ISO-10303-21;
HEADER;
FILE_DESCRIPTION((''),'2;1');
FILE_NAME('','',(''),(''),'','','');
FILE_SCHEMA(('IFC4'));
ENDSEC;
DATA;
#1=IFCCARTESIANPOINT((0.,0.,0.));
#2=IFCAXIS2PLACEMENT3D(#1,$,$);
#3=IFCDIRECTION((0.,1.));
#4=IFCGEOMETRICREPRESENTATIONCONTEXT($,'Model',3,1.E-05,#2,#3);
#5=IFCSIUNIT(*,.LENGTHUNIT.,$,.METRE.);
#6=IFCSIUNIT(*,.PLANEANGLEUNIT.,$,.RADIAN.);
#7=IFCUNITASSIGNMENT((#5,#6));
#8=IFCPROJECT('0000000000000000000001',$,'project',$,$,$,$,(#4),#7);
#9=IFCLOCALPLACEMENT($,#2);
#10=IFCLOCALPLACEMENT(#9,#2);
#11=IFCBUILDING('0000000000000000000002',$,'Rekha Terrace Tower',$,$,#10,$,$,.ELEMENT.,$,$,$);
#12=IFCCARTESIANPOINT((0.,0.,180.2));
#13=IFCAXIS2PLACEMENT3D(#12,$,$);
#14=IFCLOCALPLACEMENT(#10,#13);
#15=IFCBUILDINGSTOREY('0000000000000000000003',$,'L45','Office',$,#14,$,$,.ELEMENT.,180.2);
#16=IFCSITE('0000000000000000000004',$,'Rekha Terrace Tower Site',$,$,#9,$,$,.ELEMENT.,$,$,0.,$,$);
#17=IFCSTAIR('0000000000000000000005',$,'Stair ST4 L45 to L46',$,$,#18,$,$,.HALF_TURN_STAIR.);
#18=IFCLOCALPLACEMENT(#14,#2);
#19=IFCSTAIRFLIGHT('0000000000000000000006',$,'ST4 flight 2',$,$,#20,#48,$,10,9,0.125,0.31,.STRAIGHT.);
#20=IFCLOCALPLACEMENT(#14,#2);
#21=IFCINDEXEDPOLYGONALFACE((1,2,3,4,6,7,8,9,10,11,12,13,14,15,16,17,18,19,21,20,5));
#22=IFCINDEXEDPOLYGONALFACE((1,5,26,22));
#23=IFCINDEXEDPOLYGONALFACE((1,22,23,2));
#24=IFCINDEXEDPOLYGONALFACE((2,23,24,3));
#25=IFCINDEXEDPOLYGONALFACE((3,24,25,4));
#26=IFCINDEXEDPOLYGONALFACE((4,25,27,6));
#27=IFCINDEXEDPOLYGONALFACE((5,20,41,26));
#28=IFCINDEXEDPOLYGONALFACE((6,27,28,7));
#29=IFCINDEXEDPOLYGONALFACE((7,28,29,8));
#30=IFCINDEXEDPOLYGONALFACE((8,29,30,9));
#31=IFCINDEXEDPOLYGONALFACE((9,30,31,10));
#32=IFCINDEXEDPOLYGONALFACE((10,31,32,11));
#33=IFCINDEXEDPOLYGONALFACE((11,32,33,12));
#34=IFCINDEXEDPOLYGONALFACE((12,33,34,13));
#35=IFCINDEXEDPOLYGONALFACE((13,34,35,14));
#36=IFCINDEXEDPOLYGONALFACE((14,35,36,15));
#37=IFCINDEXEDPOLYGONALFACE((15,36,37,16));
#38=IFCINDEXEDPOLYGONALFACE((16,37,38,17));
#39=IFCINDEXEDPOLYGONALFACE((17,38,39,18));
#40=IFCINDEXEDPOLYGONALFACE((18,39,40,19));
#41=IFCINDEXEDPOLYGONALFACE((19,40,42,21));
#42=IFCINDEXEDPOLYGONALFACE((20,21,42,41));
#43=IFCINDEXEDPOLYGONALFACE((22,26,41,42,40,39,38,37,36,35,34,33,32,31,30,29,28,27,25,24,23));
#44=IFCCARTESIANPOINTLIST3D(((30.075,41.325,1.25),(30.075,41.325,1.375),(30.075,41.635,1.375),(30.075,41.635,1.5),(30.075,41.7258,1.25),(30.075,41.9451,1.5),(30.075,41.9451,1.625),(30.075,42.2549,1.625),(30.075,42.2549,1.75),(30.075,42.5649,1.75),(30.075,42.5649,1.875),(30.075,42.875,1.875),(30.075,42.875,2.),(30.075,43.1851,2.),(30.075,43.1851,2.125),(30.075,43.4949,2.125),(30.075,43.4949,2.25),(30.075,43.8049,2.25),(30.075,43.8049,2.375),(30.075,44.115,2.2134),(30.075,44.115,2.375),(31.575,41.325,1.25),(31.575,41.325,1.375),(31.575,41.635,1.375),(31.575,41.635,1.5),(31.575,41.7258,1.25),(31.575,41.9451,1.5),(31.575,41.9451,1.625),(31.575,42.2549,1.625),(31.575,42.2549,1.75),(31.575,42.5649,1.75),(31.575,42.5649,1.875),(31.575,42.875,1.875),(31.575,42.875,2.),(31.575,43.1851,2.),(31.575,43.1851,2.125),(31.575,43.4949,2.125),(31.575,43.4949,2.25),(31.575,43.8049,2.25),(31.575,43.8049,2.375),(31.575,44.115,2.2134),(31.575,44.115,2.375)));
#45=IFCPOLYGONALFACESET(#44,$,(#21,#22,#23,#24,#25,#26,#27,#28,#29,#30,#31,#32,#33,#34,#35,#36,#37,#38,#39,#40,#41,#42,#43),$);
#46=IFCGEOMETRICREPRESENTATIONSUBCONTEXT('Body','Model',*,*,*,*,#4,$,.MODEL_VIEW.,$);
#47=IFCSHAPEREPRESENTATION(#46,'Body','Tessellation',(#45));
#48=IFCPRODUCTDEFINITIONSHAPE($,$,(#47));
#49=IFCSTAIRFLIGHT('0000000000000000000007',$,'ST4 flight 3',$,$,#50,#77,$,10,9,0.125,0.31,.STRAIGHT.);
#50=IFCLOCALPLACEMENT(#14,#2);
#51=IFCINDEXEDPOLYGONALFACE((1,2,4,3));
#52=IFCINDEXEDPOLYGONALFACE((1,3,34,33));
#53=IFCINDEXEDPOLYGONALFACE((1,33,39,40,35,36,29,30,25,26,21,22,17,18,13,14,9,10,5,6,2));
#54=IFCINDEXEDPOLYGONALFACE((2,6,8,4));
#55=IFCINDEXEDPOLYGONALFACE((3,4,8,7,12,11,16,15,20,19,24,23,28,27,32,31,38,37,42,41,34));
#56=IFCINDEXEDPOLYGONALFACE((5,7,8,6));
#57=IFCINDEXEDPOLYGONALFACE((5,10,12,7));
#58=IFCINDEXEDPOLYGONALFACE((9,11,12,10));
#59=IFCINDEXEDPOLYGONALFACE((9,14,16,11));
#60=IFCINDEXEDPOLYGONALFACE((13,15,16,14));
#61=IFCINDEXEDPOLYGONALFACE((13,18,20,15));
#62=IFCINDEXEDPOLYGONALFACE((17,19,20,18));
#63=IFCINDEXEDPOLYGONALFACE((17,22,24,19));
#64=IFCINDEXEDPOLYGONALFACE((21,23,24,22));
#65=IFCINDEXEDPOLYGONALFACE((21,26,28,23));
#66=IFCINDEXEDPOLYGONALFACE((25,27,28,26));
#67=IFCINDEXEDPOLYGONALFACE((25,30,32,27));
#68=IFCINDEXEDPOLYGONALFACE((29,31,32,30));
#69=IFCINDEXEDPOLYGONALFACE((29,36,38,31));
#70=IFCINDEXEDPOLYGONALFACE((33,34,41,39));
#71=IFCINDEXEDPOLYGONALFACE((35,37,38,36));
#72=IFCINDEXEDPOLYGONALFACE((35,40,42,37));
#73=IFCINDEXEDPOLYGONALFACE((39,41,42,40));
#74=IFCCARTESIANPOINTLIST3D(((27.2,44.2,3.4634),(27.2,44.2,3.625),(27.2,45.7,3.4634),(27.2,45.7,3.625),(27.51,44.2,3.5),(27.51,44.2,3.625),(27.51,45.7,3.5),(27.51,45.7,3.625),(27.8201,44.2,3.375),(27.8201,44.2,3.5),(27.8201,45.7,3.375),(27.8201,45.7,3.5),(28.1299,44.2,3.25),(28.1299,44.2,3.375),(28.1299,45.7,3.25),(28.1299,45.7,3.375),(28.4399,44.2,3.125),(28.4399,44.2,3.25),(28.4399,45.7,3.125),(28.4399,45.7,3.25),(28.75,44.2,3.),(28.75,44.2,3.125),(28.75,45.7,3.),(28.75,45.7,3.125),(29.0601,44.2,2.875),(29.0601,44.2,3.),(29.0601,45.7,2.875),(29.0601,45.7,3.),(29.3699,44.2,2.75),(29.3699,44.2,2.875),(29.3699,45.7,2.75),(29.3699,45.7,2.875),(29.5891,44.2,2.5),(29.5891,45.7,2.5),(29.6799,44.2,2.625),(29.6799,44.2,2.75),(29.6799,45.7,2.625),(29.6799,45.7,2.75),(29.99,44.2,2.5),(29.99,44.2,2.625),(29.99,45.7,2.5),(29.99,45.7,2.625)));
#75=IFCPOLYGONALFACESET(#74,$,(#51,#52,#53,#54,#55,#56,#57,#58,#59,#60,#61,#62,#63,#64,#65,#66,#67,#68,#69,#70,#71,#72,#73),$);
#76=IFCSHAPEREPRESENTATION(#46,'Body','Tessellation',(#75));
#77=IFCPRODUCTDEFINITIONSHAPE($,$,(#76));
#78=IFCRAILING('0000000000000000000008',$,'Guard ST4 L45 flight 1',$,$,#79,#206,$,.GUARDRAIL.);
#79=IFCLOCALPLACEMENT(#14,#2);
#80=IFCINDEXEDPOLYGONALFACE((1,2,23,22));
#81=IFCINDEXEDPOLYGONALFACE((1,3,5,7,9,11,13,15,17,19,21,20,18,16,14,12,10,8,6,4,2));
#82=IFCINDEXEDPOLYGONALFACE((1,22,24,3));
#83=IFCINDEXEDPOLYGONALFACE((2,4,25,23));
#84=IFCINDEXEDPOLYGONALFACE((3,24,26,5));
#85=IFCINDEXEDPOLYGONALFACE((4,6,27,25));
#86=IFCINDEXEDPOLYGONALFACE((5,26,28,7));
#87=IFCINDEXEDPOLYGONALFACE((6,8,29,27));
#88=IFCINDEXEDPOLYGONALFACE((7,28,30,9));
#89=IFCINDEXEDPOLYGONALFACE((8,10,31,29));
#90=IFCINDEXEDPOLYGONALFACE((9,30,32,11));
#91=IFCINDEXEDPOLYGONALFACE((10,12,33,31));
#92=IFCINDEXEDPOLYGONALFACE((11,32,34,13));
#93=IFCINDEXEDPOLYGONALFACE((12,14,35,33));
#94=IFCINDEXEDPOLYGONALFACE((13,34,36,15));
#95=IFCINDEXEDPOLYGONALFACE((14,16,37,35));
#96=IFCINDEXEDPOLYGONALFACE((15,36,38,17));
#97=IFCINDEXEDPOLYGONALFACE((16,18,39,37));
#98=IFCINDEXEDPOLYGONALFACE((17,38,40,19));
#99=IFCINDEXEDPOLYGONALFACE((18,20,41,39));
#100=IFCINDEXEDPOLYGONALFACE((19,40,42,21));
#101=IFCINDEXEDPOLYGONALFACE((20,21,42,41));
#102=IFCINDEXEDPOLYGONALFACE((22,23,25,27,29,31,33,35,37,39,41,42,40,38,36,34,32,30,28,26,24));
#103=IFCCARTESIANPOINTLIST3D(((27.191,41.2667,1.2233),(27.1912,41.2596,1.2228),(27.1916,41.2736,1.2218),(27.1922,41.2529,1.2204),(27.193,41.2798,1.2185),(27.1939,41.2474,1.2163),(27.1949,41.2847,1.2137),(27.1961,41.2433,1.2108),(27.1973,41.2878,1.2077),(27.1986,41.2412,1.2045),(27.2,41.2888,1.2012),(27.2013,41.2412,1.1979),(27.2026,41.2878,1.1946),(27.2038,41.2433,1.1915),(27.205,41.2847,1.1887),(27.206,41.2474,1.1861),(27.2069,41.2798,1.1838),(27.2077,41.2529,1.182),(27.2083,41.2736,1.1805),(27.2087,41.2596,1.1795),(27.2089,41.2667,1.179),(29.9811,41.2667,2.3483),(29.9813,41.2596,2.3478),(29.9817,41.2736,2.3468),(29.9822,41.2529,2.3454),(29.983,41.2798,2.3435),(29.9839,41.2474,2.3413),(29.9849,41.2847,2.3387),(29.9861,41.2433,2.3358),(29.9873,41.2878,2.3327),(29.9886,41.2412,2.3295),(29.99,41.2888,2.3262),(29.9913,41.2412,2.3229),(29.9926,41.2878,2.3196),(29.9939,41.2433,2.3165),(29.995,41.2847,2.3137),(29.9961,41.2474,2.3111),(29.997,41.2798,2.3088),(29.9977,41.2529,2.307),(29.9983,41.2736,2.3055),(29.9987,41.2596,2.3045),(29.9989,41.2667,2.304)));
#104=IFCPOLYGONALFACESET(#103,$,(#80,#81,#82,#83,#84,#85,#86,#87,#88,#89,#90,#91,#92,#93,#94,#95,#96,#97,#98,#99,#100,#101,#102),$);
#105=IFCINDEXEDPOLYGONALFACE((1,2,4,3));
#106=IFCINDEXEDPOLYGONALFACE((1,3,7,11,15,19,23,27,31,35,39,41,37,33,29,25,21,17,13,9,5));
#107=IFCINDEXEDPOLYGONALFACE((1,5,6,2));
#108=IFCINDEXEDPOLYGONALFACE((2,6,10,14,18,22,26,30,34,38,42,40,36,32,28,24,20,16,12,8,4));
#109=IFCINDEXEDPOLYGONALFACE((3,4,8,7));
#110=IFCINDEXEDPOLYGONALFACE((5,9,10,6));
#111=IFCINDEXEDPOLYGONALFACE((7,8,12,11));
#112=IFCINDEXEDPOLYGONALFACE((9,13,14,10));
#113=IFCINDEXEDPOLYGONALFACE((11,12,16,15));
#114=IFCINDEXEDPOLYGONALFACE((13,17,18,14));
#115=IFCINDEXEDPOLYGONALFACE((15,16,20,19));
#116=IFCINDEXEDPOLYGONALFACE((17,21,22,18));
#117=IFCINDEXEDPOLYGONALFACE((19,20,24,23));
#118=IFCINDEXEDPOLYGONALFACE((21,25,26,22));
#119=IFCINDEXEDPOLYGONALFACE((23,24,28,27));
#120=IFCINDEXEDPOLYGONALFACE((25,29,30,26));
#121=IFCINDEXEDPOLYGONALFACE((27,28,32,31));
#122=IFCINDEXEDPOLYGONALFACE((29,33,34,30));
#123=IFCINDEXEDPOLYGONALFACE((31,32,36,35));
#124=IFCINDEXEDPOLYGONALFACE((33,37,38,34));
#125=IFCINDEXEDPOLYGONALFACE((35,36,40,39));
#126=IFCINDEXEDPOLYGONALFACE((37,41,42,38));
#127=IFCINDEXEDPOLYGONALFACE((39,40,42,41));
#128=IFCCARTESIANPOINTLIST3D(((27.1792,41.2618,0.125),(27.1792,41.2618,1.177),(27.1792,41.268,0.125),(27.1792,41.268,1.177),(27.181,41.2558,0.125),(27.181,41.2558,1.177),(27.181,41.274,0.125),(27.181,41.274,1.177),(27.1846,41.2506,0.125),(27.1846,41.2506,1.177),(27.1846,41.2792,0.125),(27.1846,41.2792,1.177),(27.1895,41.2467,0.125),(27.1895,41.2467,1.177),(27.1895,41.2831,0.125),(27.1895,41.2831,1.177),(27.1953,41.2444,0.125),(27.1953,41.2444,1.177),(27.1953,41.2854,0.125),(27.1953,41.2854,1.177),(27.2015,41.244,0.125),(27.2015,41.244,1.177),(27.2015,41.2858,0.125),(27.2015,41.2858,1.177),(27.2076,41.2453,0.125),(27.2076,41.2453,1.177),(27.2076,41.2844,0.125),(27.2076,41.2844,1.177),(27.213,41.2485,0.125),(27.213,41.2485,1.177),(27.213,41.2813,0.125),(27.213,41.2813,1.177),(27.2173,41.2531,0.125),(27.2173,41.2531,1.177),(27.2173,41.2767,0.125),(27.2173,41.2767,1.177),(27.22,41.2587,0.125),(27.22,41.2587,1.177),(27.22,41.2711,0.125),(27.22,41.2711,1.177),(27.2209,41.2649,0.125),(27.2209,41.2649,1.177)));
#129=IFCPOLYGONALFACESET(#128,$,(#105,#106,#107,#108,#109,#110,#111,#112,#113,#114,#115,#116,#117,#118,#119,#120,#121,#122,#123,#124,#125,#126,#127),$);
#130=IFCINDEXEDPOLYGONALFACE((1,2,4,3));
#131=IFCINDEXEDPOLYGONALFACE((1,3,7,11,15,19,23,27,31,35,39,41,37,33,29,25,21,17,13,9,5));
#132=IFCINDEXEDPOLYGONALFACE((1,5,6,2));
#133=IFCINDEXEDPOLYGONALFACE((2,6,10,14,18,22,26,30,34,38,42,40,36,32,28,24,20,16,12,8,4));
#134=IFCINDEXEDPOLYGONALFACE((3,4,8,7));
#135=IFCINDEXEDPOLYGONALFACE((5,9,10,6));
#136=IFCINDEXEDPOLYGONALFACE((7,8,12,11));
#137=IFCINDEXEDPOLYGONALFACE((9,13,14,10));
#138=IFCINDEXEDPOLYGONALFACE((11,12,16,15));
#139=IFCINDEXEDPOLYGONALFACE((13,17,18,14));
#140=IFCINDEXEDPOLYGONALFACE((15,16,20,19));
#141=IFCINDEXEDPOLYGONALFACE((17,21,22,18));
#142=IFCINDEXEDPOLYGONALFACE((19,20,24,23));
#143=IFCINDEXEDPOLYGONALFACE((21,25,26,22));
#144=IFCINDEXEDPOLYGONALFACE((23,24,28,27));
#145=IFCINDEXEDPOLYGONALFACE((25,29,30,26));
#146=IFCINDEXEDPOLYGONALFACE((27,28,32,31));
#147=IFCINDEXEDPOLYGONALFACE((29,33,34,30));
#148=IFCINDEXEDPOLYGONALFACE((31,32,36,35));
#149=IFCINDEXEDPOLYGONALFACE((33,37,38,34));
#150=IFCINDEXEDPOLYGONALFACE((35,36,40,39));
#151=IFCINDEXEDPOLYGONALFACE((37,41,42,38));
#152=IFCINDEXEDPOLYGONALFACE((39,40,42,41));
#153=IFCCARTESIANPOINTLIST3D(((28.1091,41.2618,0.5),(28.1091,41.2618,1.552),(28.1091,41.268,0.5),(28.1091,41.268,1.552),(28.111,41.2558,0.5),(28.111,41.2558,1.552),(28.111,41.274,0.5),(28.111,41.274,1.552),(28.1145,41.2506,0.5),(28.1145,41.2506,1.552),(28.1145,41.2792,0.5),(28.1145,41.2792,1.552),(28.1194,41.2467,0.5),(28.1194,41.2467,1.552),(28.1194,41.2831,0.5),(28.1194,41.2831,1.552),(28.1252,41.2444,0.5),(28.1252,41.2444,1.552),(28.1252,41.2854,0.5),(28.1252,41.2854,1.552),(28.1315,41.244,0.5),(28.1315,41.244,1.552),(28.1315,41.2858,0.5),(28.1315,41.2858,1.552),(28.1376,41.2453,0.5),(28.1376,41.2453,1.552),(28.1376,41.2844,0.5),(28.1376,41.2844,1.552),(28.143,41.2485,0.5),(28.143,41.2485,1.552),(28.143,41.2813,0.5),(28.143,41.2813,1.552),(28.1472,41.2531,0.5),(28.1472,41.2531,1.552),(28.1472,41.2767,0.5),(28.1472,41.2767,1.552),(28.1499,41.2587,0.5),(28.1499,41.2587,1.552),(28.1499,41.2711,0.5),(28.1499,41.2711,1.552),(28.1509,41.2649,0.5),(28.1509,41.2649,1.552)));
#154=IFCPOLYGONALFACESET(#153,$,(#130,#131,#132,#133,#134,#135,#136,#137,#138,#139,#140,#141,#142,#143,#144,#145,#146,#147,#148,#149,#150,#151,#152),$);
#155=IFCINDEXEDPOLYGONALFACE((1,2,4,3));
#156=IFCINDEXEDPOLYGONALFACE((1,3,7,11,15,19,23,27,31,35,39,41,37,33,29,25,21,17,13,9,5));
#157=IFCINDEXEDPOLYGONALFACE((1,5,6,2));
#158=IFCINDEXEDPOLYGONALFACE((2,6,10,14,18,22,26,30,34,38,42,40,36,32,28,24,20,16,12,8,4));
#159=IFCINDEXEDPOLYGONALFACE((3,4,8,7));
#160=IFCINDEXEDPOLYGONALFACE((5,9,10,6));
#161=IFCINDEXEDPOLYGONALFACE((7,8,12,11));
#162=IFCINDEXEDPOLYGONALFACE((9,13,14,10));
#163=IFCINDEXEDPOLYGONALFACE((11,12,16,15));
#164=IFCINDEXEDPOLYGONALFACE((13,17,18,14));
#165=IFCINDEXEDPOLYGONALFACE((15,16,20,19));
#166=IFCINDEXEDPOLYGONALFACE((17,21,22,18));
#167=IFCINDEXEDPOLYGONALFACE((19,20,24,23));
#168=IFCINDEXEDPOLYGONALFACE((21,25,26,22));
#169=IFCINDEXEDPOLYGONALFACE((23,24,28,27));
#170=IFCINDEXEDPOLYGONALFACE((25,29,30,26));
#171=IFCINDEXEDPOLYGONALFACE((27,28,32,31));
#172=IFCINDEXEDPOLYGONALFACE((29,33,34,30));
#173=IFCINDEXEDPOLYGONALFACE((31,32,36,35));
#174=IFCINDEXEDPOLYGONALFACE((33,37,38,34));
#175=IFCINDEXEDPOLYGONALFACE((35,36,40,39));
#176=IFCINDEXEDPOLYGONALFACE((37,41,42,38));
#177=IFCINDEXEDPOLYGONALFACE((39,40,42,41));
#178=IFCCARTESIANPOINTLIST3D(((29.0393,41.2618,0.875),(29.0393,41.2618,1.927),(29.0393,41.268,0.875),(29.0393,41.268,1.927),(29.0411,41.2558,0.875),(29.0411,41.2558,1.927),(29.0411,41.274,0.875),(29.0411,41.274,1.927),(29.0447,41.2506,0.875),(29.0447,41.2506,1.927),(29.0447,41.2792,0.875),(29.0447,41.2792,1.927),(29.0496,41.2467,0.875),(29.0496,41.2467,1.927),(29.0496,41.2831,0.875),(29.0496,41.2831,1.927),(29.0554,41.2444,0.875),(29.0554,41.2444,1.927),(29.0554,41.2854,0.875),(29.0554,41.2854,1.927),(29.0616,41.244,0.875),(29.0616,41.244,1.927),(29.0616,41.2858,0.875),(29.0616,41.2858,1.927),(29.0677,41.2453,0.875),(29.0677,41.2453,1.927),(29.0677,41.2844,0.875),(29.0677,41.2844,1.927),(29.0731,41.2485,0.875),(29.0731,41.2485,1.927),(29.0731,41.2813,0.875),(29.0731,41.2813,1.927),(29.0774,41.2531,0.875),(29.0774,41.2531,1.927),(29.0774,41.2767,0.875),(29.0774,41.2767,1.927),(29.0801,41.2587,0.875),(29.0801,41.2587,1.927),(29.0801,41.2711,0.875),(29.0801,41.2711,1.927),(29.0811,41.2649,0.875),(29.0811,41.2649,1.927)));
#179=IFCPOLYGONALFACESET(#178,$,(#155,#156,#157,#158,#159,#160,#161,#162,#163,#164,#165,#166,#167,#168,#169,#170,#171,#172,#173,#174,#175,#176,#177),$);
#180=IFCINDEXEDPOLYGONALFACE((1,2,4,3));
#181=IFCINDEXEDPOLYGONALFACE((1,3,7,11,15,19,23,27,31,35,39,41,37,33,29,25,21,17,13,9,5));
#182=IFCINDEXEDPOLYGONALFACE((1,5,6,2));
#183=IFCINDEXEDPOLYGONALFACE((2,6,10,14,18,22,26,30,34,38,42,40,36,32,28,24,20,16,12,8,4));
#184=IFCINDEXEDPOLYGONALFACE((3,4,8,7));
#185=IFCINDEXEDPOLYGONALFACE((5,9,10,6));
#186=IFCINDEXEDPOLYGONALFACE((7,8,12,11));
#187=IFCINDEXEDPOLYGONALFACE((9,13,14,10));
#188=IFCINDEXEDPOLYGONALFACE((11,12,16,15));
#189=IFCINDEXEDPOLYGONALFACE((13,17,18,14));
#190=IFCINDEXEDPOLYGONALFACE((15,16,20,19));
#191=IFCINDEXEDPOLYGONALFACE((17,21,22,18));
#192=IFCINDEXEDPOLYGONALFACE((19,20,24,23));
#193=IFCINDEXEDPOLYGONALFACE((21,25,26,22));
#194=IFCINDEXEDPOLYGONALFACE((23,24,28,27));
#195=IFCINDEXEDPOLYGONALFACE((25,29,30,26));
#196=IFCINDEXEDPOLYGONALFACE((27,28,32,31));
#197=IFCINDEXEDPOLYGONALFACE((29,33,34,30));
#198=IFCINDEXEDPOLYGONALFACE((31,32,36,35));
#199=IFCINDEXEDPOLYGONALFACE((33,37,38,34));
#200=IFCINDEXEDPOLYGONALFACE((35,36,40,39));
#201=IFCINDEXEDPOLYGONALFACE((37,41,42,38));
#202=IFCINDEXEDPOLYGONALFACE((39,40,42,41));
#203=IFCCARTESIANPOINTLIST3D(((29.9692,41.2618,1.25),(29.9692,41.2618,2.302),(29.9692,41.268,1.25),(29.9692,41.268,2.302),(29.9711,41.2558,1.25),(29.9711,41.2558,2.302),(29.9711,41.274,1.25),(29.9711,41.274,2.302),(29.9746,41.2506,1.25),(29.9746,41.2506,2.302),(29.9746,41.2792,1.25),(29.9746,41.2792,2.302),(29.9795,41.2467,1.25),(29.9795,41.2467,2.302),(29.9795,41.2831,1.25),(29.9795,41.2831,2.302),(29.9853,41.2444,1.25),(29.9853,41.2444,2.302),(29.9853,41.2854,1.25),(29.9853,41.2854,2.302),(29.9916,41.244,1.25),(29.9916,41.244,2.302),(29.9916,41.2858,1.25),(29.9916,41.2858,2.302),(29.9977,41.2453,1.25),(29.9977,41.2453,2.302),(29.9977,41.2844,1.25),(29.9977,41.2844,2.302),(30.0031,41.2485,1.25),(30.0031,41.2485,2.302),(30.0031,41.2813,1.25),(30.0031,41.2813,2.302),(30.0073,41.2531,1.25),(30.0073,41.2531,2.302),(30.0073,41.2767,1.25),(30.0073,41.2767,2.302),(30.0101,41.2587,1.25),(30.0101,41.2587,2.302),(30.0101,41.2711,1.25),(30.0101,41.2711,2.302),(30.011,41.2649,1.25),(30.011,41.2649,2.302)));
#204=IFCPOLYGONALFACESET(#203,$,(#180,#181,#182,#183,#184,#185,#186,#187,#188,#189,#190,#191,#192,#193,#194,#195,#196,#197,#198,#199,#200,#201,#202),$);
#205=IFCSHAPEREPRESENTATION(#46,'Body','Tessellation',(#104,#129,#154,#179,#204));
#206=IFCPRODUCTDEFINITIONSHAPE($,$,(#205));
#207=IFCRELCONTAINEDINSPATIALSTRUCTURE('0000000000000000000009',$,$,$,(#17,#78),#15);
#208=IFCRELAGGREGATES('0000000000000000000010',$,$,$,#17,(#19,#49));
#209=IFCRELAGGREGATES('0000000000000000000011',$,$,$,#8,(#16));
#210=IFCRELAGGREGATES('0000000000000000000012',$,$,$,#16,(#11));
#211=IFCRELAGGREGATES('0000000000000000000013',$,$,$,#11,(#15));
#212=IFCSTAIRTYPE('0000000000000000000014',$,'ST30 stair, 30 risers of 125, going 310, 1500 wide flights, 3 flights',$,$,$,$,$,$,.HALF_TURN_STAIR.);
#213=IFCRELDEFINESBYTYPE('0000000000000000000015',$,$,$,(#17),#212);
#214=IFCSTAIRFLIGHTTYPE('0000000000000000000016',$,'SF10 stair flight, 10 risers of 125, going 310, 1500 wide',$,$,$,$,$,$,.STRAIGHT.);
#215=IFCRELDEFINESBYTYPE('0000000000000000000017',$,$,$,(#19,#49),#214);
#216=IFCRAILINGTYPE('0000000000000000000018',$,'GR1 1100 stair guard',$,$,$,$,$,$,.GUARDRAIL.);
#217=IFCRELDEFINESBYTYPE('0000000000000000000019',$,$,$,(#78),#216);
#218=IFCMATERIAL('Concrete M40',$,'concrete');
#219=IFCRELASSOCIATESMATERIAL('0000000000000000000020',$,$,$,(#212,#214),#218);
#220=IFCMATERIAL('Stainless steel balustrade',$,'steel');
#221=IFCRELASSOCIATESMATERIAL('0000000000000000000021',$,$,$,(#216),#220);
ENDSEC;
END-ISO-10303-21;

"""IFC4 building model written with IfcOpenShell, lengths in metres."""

from ifc_helpers import new_model, si_unit, direction, frame, origin, origin_2d, place, context, subcontext, project, spatial, polyline, circle, outline, extrude, material, type_object, element, aggregate, save


model = new_model("IFC4")

# Units and contexts
model_context = context("Model", 3, precision=1e-05, world=origin(), true_north=direction((0.0, 1.0)))
body_context = subcontext(model_context, "Body", "Model", "MODEL_VIEW")
ifc_project = project(units=[si_unit("LENGTHUNIT", "METRE"), si_unit("PLANEANGLEUNIT", "RADIAN")], contexts=[model_context])

# Site, building, storey
site_placement = place(None, origin())
site = spatial("IfcSite", under=ifc_project, at=site_placement, Name="Rekha Terrace Tower Site", CompositionType="ELEMENT", RefElevation=0.0)
building_placement = place(site_placement, origin())
building = spatial("IfcBuilding", under=site, at=building_placement, Name="Rekha Terrace Tower", CompositionType="ELEMENT")
storey_placement = place(building_placement, frame((0.0, 0.0, 180.2)))
storey = spatial("IfcBuildingStorey", under=building, at=storey_placement, Name="L45", Description="Office", CompositionType="ELEMENT", Elevation=180.2)

# Stair, stair flights
ifc_material_1 = material(Name="Concrete M40", Category="concrete")
stair_type = type_object("IfcStairType", Name="ST30 stair, 30 risers of 125, going 310, 1500 wide flights, 3 flights", PredefinedType="HALF_TURN_STAIR", material=ifc_material_1)
stair_placement = place(storey_placement, origin())
stair = element("IfcStair", 1, at=stair_placement, inside=storey, type_object=stair_type, Name="Stair ST4 L45 to L46", PredefinedType="HALF_TURN_STAIR")
stair_flight_type = type_object("IfcStairFlightType", Name="SF10 stair flight, 10 risers of 125, going 310, 1500 wide", PredefinedType="STRAIGHT", material=ifc_material_1)
stair_flight_1_placement = place(storey_placement, frame((30.825, 41.325, 1.25), z_axis=(0.0, 0.0, 1.0), x_axis=(0.0, 1.0, 0.0)))
stair_flight_1 = element("IfcStairFlight", 2, at=stair_flight_1_placement, type_object=stair_flight_type, Name="ST4 flight 2", NumberOfRisers=10, NumberOfTreads=9, PredefinedType="STRAIGHT", RiserHeight=0.125, TreadLength=0.31, context=body_context, shape_type="SweptSolid", body=[
    extrude(outline(polyline([(0.0, 0.0), (0.0, 0.125), (0.3101, 0.125), (0.3101, 0.25), (0.6201, 0.25), (0.6201, 0.375), (0.9299, 0.375), (0.9299, 0.5), (1.24, 0.5), (1.24, 0.625), (1.55, 0.625), (1.55, 0.75), (1.8601, 0.75), (1.8601, 0.875), (2.1699, 0.875), (2.1699, 1.0), (2.48, 1.0), (2.48, 1.125), (2.79, 1.125), (2.79, 1.25), (2.79, 0.9634), (0.4009, 0.0), (0.0, 0.0)])), frame((0.0, 0.75, 0.0), z_axis=(0.0, -1.0, 0.0), x_axis=(1.0, 0.0, 0.0)), (0.0, 0.0, 1.0), 1.5),
])
stair_flight_2_placement = place(storey_placement, frame((29.99, 44.95, 2.5), z_axis=(0.0, 0.0, 1.0), x_axis=(-1.0, 0.0, 0.0)))
stair_flight_2 = element("IfcStairFlight", 3, at=stair_flight_2_placement, type_object=stair_flight_type, Name="ST4 flight 3", NumberOfRisers=10, NumberOfTreads=9, PredefinedType="STRAIGHT", RiserHeight=0.125, TreadLength=0.31, context=body_context, shape_type="SweptSolid", body=[
    extrude(outline(polyline([(0.0, 0.0), (0.0, 0.125), (0.3101, 0.125), (0.3101, 0.25), (0.6201, 0.25), (0.6201, 0.375), (0.9299, 0.375), (0.9299, 0.5), (1.24, 0.5), (1.24, 0.625), (1.55, 0.625), (1.55, 0.75), (1.8601, 0.75), (1.8601, 0.875), (2.1699, 0.875), (2.1699, 1.0), (2.48, 1.0), (2.48, 1.125), (2.79, 1.125), (2.79, 1.25), (2.79, 0.9634), (0.4009, 0.0), (0.0, 0.0)])), frame((0.0, 0.75, 0.0), z_axis=(0.0, -1.0, 0.0), x_axis=(1.0, 0.0, 0.0)), (0.0, 0.0, 1.0), 1.5),
])
aggregate(stair, [stair_flight_1, stair_flight_2])

# Railing
ifc_material_2 = material(Name="Stainless steel balustrade", Category="steel")
railing_type_1 = type_object("IfcRailingType", Name="GR1 1100 stair guard", PredefinedType="GUARDRAIL", material=ifc_material_2)
railing_1_placement = place(storey_placement, frame((27.2, 41.2649, 0.125)))
element("IfcRailing", 4, at=railing_1_placement, inside=storey, type_object=railing_type_1, Name="Guard ST4 L45 flight 1", PredefinedType="GUARDRAIL", context=body_context, shape_type="SweptSolid", body=[
    extrude(circle(Radius=0.0239, at=origin_2d()), frame((0.0, 0.0, 1.0762), z_axis=(0.927443, 0.0, 0.373964), x_axis=(0.0, 1.0, 0.0)), (0.0, 0.0, 1.0), 3.0083),
    extrude(circle(Radius=0.021, at=origin_2d()), origin(), (0.0, 0.0, 1.0), 1.052),
    extrude(circle(Radius=0.021, at=origin_2d()), frame((0.9299, 0.0, 0.375)), (0.0, 0.0, 1.0), 1.052),
    extrude(circle(Radius=0.021, at=origin_2d()), frame((1.8601, 0.0, 0.75)), (0.0, 0.0, 1.0), 1.052),
    extrude(circle(Radius=0.021, at=origin_2d()), frame((2.79, 0.0, 1.125)), (0.0, 0.0, 1.0), 1.052),
])

save(model, "model.ifc")
